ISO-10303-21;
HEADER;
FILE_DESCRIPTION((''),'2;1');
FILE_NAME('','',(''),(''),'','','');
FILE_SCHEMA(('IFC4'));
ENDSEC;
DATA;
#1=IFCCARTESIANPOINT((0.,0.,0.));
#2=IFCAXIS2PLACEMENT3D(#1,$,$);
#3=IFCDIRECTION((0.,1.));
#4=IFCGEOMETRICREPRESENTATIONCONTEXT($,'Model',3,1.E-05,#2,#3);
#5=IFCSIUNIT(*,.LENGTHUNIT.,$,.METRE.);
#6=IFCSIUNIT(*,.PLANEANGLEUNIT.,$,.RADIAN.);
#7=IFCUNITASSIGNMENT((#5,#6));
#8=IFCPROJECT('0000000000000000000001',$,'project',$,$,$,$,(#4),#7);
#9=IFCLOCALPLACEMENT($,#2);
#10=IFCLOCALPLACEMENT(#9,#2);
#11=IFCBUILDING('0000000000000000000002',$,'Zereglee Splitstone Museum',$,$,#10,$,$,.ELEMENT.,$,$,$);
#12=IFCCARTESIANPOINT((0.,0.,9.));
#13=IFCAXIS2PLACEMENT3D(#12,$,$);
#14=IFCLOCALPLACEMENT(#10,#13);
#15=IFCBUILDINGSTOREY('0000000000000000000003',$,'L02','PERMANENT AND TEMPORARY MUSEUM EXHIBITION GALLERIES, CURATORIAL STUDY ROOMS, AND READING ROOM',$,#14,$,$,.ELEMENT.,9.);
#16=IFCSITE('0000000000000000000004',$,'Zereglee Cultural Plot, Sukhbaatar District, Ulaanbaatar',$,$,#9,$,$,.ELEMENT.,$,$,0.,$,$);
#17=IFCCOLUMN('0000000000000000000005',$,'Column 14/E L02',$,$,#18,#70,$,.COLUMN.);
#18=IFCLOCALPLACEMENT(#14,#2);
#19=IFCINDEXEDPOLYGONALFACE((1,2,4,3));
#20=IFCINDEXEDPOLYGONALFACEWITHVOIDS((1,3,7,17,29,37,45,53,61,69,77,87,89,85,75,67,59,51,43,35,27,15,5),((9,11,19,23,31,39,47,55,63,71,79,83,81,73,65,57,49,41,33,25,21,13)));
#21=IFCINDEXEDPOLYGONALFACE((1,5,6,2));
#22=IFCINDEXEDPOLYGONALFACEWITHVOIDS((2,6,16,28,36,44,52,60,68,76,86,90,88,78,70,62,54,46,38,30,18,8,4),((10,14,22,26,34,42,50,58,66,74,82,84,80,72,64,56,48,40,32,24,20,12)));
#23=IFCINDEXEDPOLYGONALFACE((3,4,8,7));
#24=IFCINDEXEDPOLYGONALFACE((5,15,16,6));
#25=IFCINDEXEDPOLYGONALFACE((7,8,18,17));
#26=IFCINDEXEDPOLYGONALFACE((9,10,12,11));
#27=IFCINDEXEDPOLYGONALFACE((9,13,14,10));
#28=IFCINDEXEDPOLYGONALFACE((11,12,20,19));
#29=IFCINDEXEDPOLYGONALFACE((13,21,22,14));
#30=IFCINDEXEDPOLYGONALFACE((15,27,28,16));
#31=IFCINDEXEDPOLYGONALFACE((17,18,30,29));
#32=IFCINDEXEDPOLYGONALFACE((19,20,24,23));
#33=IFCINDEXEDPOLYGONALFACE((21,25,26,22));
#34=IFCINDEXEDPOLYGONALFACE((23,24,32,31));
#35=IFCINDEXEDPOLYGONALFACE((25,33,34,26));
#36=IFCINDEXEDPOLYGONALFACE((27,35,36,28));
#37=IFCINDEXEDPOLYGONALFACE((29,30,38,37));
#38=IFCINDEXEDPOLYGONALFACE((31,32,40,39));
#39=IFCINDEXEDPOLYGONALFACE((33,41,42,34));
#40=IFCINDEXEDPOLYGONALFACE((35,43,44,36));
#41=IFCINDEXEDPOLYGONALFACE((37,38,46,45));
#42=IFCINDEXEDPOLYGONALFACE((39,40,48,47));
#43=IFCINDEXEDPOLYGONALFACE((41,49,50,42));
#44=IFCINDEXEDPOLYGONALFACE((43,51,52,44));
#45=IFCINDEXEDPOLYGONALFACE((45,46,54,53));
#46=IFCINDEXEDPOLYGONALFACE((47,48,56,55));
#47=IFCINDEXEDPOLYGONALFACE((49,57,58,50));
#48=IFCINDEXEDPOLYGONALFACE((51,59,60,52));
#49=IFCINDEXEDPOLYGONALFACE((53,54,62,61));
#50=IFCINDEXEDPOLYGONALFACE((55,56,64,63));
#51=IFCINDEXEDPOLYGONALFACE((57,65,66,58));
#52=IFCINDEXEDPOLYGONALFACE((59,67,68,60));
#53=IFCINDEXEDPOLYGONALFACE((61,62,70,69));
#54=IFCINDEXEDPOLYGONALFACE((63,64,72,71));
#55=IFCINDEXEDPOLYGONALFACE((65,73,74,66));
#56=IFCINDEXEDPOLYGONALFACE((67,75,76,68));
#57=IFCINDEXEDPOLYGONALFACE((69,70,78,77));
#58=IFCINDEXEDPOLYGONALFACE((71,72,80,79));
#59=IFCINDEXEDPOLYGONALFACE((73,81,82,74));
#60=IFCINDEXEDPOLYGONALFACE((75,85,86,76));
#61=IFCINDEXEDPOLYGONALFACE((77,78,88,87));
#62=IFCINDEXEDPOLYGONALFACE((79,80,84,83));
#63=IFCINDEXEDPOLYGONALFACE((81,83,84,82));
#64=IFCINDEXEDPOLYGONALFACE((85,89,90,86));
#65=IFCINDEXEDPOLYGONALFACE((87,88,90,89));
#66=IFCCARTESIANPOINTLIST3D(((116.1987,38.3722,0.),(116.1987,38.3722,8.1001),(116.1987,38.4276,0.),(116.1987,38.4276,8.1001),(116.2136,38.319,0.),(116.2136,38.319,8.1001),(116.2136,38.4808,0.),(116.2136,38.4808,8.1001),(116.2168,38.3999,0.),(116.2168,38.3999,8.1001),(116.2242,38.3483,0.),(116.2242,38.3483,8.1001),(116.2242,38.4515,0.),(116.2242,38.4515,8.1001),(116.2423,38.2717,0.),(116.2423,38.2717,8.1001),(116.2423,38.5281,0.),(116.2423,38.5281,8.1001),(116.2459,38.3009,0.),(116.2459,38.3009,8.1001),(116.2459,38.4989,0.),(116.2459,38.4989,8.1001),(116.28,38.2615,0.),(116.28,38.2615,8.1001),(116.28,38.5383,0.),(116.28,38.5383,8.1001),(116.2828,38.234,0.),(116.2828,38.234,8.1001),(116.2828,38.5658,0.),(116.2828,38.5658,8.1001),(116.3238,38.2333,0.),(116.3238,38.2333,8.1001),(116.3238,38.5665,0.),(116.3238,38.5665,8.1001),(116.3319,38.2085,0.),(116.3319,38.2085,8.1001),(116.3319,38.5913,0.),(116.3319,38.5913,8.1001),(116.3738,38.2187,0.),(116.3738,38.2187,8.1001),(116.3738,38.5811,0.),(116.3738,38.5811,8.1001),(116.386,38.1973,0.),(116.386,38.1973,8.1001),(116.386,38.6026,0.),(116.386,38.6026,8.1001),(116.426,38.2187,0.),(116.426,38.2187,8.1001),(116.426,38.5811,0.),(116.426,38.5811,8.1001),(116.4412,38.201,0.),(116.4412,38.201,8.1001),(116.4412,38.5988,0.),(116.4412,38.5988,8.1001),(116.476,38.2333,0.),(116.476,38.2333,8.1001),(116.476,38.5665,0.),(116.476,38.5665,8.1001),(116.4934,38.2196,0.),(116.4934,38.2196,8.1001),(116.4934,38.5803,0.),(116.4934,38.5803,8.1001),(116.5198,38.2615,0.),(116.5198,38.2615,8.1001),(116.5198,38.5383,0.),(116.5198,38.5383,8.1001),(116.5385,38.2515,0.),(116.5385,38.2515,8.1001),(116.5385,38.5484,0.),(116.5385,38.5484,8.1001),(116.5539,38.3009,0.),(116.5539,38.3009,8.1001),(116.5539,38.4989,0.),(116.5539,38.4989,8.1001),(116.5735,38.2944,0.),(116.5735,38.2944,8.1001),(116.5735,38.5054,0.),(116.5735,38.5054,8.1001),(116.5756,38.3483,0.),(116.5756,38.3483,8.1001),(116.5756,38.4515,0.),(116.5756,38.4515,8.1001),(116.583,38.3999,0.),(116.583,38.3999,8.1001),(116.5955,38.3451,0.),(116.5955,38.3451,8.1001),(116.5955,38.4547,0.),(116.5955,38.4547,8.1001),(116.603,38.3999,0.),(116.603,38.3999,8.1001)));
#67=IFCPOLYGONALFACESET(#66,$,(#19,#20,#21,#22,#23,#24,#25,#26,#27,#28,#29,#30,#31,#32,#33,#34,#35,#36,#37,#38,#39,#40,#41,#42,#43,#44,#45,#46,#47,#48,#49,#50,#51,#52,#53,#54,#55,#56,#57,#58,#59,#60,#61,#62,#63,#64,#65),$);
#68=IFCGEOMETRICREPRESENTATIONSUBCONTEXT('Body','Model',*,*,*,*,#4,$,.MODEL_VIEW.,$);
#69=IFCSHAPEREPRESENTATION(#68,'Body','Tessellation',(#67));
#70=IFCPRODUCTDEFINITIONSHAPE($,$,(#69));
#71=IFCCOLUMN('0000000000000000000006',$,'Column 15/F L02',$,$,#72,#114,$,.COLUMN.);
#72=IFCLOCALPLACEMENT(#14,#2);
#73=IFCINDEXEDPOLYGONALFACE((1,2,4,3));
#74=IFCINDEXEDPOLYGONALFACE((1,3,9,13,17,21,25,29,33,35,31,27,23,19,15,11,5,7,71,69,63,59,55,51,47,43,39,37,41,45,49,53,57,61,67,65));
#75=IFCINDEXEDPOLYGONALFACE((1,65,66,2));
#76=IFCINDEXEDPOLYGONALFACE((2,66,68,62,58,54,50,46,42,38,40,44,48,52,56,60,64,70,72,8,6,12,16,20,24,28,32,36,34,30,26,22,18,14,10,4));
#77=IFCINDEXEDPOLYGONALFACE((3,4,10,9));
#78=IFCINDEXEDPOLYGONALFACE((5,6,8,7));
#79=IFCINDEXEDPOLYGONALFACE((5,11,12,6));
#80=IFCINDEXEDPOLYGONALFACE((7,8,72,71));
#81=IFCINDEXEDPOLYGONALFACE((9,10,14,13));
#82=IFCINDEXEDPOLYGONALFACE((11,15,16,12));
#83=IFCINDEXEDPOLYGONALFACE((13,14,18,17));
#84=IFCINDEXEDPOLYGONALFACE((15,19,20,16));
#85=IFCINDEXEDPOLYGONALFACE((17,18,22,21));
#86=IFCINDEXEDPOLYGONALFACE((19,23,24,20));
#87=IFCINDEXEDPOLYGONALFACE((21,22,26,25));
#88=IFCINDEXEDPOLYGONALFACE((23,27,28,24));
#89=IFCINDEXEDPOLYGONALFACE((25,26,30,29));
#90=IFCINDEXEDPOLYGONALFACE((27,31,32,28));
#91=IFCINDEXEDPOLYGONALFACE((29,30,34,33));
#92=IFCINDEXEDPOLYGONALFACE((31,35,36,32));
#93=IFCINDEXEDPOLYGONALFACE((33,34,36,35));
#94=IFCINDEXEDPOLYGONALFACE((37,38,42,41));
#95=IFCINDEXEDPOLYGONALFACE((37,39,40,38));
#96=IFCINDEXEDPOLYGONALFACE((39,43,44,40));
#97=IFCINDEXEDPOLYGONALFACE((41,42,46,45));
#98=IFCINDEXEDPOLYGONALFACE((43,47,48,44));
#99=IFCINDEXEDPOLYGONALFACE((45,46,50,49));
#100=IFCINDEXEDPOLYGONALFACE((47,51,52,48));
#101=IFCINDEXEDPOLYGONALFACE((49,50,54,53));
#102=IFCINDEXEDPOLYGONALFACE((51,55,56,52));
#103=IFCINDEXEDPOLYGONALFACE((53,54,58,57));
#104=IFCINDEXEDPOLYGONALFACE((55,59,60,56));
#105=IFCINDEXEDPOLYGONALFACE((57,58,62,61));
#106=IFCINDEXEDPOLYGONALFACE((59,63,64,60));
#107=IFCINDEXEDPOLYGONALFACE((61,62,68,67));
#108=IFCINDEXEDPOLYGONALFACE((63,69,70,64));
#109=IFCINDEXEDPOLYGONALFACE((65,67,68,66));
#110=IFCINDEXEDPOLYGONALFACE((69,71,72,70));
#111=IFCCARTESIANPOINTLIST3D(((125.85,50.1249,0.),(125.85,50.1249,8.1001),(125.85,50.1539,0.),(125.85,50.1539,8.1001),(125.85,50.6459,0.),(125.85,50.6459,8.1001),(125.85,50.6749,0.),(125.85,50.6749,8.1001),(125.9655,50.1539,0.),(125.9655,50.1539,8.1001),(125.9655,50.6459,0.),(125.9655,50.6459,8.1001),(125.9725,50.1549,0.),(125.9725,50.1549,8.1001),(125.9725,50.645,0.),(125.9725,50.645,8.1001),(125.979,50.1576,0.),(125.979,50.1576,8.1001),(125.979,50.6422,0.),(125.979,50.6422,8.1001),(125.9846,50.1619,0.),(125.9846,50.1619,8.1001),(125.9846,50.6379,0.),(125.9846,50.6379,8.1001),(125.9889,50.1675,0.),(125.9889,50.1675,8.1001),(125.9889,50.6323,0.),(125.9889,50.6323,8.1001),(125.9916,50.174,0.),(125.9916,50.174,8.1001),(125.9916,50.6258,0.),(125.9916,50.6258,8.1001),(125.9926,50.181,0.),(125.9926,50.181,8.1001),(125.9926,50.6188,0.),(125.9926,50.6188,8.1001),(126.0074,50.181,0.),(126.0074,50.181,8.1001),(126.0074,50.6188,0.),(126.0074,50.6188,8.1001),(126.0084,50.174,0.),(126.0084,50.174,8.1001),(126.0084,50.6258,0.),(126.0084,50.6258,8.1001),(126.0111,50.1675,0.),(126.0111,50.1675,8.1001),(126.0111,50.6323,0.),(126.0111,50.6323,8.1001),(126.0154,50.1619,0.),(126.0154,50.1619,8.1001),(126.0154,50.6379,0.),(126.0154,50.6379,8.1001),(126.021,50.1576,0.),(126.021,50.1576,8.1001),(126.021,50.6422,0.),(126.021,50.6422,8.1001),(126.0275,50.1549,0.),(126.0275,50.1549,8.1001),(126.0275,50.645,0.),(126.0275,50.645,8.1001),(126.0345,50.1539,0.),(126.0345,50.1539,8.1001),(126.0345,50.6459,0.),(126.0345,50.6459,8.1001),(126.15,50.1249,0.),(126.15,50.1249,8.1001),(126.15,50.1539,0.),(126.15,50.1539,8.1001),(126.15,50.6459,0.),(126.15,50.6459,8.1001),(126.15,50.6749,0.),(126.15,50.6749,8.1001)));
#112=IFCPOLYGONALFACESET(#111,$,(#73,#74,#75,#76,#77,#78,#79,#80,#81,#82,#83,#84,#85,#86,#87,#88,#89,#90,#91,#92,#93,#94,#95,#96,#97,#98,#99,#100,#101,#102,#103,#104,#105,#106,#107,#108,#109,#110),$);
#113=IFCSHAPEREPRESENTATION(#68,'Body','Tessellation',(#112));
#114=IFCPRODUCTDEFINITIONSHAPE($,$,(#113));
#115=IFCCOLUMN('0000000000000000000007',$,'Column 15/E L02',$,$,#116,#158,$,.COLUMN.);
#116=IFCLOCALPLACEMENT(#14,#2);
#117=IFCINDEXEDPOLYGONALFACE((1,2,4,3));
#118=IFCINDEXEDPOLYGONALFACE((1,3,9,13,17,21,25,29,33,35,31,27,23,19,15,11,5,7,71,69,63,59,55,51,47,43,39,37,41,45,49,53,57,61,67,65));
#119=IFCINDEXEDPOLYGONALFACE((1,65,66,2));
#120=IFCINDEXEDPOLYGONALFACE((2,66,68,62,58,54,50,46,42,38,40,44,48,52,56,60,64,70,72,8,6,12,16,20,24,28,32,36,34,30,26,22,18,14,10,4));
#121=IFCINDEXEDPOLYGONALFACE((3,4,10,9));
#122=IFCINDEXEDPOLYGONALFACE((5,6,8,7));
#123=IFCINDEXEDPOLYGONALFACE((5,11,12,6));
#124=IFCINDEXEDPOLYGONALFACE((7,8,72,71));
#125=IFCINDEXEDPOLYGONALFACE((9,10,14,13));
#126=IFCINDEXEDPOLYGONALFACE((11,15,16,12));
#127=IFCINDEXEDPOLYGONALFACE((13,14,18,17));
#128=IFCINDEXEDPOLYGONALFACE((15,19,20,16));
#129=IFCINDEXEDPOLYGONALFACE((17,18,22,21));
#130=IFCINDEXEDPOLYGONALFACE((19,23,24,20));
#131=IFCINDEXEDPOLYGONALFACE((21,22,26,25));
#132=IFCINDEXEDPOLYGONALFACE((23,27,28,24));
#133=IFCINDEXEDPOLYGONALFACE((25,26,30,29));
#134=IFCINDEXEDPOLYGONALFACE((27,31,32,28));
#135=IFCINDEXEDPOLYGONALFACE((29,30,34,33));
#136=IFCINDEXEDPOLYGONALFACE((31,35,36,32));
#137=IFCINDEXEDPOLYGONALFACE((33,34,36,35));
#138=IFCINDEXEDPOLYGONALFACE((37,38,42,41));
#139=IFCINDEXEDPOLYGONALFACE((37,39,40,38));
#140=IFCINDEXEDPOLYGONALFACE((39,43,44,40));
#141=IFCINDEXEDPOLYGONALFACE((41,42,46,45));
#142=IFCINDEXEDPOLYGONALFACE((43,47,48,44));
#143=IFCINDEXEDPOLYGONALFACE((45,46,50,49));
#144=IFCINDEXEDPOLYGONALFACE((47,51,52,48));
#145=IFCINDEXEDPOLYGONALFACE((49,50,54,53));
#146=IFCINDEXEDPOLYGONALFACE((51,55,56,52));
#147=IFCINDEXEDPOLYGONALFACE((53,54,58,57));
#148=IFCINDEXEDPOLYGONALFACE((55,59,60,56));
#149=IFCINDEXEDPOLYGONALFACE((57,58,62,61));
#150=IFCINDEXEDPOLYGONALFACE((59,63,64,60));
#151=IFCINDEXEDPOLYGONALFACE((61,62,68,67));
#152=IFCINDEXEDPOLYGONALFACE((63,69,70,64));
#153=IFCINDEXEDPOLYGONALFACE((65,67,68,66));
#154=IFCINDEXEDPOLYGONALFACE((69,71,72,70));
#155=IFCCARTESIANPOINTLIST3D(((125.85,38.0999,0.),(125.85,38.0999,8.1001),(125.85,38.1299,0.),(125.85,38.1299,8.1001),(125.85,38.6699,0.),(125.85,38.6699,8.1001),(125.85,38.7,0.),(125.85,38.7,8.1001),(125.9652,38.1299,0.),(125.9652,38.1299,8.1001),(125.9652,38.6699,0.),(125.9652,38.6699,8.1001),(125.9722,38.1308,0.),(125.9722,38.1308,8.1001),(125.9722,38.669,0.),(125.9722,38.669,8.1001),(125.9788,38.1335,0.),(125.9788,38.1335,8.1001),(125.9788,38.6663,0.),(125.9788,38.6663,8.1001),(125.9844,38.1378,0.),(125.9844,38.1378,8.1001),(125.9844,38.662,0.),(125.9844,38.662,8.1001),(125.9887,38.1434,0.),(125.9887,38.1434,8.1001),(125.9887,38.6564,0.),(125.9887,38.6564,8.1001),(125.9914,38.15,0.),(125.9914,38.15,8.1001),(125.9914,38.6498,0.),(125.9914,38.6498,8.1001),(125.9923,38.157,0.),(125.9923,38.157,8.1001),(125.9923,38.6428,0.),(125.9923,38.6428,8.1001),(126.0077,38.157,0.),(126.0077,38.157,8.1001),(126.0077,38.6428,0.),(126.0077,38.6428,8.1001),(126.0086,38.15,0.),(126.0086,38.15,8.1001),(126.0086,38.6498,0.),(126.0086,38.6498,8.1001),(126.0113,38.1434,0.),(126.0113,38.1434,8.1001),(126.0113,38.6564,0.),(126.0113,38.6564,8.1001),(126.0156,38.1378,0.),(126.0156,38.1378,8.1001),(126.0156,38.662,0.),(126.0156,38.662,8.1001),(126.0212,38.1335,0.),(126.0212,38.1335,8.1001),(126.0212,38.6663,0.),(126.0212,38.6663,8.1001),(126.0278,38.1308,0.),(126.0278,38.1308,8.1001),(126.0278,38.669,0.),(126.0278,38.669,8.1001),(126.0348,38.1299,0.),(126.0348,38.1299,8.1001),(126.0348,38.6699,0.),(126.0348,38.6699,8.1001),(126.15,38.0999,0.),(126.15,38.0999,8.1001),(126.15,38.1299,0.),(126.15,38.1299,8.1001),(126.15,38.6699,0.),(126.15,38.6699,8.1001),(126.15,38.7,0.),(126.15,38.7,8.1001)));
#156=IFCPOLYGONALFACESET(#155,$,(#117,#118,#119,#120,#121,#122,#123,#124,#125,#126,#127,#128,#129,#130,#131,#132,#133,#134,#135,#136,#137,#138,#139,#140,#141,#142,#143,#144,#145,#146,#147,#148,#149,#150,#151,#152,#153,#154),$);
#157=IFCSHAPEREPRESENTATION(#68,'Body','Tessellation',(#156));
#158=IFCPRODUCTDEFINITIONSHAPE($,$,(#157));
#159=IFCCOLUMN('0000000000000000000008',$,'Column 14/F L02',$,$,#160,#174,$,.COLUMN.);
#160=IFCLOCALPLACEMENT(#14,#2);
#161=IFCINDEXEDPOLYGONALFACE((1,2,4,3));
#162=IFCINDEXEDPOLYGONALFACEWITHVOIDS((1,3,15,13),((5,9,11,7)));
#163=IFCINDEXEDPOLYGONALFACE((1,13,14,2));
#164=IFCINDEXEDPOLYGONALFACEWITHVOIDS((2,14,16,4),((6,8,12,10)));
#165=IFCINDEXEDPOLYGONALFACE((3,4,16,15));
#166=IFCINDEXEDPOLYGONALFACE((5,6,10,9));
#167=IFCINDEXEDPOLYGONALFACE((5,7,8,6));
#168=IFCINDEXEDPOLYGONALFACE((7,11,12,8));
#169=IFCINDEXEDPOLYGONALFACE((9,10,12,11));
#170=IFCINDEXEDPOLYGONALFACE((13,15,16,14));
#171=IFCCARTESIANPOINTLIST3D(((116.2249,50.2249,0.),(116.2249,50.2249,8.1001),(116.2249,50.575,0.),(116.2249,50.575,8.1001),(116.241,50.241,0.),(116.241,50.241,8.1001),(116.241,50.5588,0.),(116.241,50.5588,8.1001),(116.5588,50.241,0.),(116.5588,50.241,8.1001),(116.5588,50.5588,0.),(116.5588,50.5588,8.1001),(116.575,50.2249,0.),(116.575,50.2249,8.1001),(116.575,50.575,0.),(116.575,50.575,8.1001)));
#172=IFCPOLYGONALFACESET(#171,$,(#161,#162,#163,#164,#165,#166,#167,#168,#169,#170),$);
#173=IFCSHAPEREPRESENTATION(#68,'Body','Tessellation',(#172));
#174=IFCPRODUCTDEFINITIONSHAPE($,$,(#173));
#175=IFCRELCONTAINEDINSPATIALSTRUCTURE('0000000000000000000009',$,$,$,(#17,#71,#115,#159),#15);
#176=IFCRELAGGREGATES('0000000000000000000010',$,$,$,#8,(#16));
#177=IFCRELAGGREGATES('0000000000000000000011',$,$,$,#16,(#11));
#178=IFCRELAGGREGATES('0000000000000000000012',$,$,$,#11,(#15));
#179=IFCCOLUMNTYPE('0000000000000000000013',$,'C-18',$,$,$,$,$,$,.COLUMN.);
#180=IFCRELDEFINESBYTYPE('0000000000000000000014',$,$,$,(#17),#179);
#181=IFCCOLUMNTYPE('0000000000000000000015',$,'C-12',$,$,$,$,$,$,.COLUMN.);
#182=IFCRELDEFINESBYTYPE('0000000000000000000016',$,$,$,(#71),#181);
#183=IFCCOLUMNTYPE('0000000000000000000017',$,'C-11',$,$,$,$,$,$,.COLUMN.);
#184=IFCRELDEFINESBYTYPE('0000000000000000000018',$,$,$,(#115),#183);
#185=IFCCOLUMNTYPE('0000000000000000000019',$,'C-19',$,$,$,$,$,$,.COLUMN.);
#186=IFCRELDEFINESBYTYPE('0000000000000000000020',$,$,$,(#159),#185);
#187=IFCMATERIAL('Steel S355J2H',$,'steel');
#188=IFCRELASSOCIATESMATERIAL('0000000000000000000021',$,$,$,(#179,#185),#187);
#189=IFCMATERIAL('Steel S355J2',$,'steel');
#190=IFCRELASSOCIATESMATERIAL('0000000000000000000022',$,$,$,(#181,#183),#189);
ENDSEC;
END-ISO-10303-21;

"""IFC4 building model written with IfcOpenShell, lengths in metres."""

from ifc_helpers import new_model, si_unit, direction, frame, origin, origin_2d, place, context, subcontext, project, spatial, hollow_rectangle, hollow_circle, i_section, extrude, material, material_profile, profile_set, type_object, element, save


model = new_model("IFC4")

# Units and contexts
model_context = context("Model", 3, precision=1e-05, world=origin(), true_north=direction((0.0, 1.0)))
body_context = subcontext(model_context, "Body", "Model", "MODEL_VIEW")
ifc_project = project(units=[si_unit("LENGTHUNIT", "METRE"), si_unit("PLANEANGLEUNIT", "RADIAN")], contexts=[model_context])

# Site, building, storey
site_placement = place(None, origin())
site = spatial("IfcSite", under=ifc_project, at=site_placement, Name="Zereglee Cultural Plot, Sukhbaatar District, Ulaanbaatar", CompositionType="ELEMENT", RefElevation=0.0)
building_placement = place(site_placement, origin())
building = spatial("IfcBuilding", under=site, at=building_placement, Name="Zereglee Splitstone Museum", CompositionType="ELEMENT")
storey_placement = place(building_placement, frame((0.0, 0.0, 9.0)))
storey = spatial("IfcBuildingStorey", under=building, at=storey_placement, Name="L02", Description="PERMANENT AND TEMPORARY MUSEUM EXHIBITION GALLERIES, CURATORIAL STUDY ROOMS, AND READING ROOM", CompositionType="ELEMENT", Elevation=9.0)

# Columns
ifc_material_1 = material(Name="Steel S355J2H", Category="steel")
ifc_material_profile_1 = material_profile(ifc_material_1, hollow_circle(Radius=0.2031, WallThickness=0.02, at=origin_2d()), Name="CHS 406.4x20")
ifc_profile_set_1 = profile_set([ifc_material_profile_1], Name="Steel S355J2H")
column_type_1 = type_object("IfcColumnType", Name="C-18", PredefinedType="COLUMN", material=ifc_profile_set_1)
column_1_placement = place(storey_placement, frame((116.3999, 38.3999, 0.0), z_axis=(0.0, 0.0, 1.0), x_axis=(1.0, 0.0, 0.0)))
element("IfcColumn", 1, at=column_1_placement, inside=storey, type_object=column_type_1, Name="Column 14/E L02", PredefinedType="COLUMN", context=body_context, shape_type="SweptSolid", body=[
    extrude(hollow_circle(Radius=0.2031, WallThickness=0.02, at=origin_2d()), origin(), (0.0, 0.0, 1.0), 8.1001),
])
ifc_material_2 = material(Name="Steel S355J2", Category="steel")
ifc_material_profile_2 = material_profile(ifc_material_2, i_section(OverallWidth=0.3, OverallDepth=0.55, WebThickness=0.0149, FlangeThickness=0.0291, FilletRadius=0.0271, at=origin_2d()), Name="HE 550 B")
ifc_profile_set_2 = profile_set([ifc_material_profile_2], Name="Steel S355J2")
column_type_2 = type_object("IfcColumnType", Name="C-12", PredefinedType="COLUMN", material=ifc_profile_set_2)
column_2_placement = place(storey_placement, frame((126.0, 50.3999, 0.0), z_axis=(0.0, 0.0, 1.0), x_axis=(1.0, 0.0, 0.0)))
element("IfcColumn", 2, at=column_2_placement, inside=storey, type_object=column_type_2, Name="Column 15/F L02", PredefinedType="COLUMN", context=body_context, shape_type="SweptSolid", body=[
    extrude(i_section(OverallWidth=0.3, OverallDepth=0.55, WebThickness=0.0149, FlangeThickness=0.0291, FilletRadius=0.0271, at=origin_2d()), origin(), (0.0, 0.0, 1.0), 8.1001),
])
ifc_material_profile_3 = material_profile(ifc_material_2, i_section(OverallWidth=0.3, OverallDepth=0.6001, WebThickness=0.0154, FlangeThickness=0.03, FilletRadius=0.0271, at=origin_2d()), Name="HE 600 B")
ifc_profile_set_3 = profile_set([ifc_material_profile_3], Name="Steel S355J2")
column_type_3 = type_object("IfcColumnType", Name="C-11", PredefinedType="COLUMN", material=ifc_profile_set_3)
column_3_placement = place(storey_placement, frame((126.0, 38.3999, 0.0), z_axis=(0.0, 0.0, 1.0), x_axis=(1.0, 0.0, 0.0)))
element("IfcColumn", 3, at=column_3_placement, inside=storey, type_object=column_type_3, Name="Column 15/E L02", PredefinedType="COLUMN", context=body_context, shape_type="SweptSolid", body=[
    extrude(i_section(OverallWidth=0.3, OverallDepth=0.6001, WebThickness=0.0154, FlangeThickness=0.03, FilletRadius=0.0271, at=origin_2d()), origin(), (0.0, 0.0, 1.0), 8.1001),
])
ifc_material_profile_4 = material_profile(ifc_material_1, hollow_rectangle(XDim=0.3501, YDim=0.3501, WallThickness=0.0161, at=origin_2d()), Name="SHS 350x350x16")
ifc_profile_set_4 = profile_set([ifc_material_profile_4], Name="Steel S355J2H")
column_type_4 = type_object("IfcColumnType", Name="C-19", PredefinedType="COLUMN", material=ifc_profile_set_4)
column_4_placement = place(storey_placement, frame((116.3999, 50.3999, 0.0), z_axis=(0.0, 0.0, 1.0), x_axis=(1.0, 0.0, 0.0)))
element("IfcColumn", 4, at=column_4_placement, inside=storey, type_object=column_type_4, Name="Column 14/F L02", PredefinedType="COLUMN", context=body_context, shape_type="SweptSolid", body=[
    extrude(hollow_rectangle(XDim=0.3501, YDim=0.3501, WallThickness=0.0161, at=origin_2d()), origin(), (0.0, 0.0, 1.0), 8.1001),
])

save(model, "model.ifc")
